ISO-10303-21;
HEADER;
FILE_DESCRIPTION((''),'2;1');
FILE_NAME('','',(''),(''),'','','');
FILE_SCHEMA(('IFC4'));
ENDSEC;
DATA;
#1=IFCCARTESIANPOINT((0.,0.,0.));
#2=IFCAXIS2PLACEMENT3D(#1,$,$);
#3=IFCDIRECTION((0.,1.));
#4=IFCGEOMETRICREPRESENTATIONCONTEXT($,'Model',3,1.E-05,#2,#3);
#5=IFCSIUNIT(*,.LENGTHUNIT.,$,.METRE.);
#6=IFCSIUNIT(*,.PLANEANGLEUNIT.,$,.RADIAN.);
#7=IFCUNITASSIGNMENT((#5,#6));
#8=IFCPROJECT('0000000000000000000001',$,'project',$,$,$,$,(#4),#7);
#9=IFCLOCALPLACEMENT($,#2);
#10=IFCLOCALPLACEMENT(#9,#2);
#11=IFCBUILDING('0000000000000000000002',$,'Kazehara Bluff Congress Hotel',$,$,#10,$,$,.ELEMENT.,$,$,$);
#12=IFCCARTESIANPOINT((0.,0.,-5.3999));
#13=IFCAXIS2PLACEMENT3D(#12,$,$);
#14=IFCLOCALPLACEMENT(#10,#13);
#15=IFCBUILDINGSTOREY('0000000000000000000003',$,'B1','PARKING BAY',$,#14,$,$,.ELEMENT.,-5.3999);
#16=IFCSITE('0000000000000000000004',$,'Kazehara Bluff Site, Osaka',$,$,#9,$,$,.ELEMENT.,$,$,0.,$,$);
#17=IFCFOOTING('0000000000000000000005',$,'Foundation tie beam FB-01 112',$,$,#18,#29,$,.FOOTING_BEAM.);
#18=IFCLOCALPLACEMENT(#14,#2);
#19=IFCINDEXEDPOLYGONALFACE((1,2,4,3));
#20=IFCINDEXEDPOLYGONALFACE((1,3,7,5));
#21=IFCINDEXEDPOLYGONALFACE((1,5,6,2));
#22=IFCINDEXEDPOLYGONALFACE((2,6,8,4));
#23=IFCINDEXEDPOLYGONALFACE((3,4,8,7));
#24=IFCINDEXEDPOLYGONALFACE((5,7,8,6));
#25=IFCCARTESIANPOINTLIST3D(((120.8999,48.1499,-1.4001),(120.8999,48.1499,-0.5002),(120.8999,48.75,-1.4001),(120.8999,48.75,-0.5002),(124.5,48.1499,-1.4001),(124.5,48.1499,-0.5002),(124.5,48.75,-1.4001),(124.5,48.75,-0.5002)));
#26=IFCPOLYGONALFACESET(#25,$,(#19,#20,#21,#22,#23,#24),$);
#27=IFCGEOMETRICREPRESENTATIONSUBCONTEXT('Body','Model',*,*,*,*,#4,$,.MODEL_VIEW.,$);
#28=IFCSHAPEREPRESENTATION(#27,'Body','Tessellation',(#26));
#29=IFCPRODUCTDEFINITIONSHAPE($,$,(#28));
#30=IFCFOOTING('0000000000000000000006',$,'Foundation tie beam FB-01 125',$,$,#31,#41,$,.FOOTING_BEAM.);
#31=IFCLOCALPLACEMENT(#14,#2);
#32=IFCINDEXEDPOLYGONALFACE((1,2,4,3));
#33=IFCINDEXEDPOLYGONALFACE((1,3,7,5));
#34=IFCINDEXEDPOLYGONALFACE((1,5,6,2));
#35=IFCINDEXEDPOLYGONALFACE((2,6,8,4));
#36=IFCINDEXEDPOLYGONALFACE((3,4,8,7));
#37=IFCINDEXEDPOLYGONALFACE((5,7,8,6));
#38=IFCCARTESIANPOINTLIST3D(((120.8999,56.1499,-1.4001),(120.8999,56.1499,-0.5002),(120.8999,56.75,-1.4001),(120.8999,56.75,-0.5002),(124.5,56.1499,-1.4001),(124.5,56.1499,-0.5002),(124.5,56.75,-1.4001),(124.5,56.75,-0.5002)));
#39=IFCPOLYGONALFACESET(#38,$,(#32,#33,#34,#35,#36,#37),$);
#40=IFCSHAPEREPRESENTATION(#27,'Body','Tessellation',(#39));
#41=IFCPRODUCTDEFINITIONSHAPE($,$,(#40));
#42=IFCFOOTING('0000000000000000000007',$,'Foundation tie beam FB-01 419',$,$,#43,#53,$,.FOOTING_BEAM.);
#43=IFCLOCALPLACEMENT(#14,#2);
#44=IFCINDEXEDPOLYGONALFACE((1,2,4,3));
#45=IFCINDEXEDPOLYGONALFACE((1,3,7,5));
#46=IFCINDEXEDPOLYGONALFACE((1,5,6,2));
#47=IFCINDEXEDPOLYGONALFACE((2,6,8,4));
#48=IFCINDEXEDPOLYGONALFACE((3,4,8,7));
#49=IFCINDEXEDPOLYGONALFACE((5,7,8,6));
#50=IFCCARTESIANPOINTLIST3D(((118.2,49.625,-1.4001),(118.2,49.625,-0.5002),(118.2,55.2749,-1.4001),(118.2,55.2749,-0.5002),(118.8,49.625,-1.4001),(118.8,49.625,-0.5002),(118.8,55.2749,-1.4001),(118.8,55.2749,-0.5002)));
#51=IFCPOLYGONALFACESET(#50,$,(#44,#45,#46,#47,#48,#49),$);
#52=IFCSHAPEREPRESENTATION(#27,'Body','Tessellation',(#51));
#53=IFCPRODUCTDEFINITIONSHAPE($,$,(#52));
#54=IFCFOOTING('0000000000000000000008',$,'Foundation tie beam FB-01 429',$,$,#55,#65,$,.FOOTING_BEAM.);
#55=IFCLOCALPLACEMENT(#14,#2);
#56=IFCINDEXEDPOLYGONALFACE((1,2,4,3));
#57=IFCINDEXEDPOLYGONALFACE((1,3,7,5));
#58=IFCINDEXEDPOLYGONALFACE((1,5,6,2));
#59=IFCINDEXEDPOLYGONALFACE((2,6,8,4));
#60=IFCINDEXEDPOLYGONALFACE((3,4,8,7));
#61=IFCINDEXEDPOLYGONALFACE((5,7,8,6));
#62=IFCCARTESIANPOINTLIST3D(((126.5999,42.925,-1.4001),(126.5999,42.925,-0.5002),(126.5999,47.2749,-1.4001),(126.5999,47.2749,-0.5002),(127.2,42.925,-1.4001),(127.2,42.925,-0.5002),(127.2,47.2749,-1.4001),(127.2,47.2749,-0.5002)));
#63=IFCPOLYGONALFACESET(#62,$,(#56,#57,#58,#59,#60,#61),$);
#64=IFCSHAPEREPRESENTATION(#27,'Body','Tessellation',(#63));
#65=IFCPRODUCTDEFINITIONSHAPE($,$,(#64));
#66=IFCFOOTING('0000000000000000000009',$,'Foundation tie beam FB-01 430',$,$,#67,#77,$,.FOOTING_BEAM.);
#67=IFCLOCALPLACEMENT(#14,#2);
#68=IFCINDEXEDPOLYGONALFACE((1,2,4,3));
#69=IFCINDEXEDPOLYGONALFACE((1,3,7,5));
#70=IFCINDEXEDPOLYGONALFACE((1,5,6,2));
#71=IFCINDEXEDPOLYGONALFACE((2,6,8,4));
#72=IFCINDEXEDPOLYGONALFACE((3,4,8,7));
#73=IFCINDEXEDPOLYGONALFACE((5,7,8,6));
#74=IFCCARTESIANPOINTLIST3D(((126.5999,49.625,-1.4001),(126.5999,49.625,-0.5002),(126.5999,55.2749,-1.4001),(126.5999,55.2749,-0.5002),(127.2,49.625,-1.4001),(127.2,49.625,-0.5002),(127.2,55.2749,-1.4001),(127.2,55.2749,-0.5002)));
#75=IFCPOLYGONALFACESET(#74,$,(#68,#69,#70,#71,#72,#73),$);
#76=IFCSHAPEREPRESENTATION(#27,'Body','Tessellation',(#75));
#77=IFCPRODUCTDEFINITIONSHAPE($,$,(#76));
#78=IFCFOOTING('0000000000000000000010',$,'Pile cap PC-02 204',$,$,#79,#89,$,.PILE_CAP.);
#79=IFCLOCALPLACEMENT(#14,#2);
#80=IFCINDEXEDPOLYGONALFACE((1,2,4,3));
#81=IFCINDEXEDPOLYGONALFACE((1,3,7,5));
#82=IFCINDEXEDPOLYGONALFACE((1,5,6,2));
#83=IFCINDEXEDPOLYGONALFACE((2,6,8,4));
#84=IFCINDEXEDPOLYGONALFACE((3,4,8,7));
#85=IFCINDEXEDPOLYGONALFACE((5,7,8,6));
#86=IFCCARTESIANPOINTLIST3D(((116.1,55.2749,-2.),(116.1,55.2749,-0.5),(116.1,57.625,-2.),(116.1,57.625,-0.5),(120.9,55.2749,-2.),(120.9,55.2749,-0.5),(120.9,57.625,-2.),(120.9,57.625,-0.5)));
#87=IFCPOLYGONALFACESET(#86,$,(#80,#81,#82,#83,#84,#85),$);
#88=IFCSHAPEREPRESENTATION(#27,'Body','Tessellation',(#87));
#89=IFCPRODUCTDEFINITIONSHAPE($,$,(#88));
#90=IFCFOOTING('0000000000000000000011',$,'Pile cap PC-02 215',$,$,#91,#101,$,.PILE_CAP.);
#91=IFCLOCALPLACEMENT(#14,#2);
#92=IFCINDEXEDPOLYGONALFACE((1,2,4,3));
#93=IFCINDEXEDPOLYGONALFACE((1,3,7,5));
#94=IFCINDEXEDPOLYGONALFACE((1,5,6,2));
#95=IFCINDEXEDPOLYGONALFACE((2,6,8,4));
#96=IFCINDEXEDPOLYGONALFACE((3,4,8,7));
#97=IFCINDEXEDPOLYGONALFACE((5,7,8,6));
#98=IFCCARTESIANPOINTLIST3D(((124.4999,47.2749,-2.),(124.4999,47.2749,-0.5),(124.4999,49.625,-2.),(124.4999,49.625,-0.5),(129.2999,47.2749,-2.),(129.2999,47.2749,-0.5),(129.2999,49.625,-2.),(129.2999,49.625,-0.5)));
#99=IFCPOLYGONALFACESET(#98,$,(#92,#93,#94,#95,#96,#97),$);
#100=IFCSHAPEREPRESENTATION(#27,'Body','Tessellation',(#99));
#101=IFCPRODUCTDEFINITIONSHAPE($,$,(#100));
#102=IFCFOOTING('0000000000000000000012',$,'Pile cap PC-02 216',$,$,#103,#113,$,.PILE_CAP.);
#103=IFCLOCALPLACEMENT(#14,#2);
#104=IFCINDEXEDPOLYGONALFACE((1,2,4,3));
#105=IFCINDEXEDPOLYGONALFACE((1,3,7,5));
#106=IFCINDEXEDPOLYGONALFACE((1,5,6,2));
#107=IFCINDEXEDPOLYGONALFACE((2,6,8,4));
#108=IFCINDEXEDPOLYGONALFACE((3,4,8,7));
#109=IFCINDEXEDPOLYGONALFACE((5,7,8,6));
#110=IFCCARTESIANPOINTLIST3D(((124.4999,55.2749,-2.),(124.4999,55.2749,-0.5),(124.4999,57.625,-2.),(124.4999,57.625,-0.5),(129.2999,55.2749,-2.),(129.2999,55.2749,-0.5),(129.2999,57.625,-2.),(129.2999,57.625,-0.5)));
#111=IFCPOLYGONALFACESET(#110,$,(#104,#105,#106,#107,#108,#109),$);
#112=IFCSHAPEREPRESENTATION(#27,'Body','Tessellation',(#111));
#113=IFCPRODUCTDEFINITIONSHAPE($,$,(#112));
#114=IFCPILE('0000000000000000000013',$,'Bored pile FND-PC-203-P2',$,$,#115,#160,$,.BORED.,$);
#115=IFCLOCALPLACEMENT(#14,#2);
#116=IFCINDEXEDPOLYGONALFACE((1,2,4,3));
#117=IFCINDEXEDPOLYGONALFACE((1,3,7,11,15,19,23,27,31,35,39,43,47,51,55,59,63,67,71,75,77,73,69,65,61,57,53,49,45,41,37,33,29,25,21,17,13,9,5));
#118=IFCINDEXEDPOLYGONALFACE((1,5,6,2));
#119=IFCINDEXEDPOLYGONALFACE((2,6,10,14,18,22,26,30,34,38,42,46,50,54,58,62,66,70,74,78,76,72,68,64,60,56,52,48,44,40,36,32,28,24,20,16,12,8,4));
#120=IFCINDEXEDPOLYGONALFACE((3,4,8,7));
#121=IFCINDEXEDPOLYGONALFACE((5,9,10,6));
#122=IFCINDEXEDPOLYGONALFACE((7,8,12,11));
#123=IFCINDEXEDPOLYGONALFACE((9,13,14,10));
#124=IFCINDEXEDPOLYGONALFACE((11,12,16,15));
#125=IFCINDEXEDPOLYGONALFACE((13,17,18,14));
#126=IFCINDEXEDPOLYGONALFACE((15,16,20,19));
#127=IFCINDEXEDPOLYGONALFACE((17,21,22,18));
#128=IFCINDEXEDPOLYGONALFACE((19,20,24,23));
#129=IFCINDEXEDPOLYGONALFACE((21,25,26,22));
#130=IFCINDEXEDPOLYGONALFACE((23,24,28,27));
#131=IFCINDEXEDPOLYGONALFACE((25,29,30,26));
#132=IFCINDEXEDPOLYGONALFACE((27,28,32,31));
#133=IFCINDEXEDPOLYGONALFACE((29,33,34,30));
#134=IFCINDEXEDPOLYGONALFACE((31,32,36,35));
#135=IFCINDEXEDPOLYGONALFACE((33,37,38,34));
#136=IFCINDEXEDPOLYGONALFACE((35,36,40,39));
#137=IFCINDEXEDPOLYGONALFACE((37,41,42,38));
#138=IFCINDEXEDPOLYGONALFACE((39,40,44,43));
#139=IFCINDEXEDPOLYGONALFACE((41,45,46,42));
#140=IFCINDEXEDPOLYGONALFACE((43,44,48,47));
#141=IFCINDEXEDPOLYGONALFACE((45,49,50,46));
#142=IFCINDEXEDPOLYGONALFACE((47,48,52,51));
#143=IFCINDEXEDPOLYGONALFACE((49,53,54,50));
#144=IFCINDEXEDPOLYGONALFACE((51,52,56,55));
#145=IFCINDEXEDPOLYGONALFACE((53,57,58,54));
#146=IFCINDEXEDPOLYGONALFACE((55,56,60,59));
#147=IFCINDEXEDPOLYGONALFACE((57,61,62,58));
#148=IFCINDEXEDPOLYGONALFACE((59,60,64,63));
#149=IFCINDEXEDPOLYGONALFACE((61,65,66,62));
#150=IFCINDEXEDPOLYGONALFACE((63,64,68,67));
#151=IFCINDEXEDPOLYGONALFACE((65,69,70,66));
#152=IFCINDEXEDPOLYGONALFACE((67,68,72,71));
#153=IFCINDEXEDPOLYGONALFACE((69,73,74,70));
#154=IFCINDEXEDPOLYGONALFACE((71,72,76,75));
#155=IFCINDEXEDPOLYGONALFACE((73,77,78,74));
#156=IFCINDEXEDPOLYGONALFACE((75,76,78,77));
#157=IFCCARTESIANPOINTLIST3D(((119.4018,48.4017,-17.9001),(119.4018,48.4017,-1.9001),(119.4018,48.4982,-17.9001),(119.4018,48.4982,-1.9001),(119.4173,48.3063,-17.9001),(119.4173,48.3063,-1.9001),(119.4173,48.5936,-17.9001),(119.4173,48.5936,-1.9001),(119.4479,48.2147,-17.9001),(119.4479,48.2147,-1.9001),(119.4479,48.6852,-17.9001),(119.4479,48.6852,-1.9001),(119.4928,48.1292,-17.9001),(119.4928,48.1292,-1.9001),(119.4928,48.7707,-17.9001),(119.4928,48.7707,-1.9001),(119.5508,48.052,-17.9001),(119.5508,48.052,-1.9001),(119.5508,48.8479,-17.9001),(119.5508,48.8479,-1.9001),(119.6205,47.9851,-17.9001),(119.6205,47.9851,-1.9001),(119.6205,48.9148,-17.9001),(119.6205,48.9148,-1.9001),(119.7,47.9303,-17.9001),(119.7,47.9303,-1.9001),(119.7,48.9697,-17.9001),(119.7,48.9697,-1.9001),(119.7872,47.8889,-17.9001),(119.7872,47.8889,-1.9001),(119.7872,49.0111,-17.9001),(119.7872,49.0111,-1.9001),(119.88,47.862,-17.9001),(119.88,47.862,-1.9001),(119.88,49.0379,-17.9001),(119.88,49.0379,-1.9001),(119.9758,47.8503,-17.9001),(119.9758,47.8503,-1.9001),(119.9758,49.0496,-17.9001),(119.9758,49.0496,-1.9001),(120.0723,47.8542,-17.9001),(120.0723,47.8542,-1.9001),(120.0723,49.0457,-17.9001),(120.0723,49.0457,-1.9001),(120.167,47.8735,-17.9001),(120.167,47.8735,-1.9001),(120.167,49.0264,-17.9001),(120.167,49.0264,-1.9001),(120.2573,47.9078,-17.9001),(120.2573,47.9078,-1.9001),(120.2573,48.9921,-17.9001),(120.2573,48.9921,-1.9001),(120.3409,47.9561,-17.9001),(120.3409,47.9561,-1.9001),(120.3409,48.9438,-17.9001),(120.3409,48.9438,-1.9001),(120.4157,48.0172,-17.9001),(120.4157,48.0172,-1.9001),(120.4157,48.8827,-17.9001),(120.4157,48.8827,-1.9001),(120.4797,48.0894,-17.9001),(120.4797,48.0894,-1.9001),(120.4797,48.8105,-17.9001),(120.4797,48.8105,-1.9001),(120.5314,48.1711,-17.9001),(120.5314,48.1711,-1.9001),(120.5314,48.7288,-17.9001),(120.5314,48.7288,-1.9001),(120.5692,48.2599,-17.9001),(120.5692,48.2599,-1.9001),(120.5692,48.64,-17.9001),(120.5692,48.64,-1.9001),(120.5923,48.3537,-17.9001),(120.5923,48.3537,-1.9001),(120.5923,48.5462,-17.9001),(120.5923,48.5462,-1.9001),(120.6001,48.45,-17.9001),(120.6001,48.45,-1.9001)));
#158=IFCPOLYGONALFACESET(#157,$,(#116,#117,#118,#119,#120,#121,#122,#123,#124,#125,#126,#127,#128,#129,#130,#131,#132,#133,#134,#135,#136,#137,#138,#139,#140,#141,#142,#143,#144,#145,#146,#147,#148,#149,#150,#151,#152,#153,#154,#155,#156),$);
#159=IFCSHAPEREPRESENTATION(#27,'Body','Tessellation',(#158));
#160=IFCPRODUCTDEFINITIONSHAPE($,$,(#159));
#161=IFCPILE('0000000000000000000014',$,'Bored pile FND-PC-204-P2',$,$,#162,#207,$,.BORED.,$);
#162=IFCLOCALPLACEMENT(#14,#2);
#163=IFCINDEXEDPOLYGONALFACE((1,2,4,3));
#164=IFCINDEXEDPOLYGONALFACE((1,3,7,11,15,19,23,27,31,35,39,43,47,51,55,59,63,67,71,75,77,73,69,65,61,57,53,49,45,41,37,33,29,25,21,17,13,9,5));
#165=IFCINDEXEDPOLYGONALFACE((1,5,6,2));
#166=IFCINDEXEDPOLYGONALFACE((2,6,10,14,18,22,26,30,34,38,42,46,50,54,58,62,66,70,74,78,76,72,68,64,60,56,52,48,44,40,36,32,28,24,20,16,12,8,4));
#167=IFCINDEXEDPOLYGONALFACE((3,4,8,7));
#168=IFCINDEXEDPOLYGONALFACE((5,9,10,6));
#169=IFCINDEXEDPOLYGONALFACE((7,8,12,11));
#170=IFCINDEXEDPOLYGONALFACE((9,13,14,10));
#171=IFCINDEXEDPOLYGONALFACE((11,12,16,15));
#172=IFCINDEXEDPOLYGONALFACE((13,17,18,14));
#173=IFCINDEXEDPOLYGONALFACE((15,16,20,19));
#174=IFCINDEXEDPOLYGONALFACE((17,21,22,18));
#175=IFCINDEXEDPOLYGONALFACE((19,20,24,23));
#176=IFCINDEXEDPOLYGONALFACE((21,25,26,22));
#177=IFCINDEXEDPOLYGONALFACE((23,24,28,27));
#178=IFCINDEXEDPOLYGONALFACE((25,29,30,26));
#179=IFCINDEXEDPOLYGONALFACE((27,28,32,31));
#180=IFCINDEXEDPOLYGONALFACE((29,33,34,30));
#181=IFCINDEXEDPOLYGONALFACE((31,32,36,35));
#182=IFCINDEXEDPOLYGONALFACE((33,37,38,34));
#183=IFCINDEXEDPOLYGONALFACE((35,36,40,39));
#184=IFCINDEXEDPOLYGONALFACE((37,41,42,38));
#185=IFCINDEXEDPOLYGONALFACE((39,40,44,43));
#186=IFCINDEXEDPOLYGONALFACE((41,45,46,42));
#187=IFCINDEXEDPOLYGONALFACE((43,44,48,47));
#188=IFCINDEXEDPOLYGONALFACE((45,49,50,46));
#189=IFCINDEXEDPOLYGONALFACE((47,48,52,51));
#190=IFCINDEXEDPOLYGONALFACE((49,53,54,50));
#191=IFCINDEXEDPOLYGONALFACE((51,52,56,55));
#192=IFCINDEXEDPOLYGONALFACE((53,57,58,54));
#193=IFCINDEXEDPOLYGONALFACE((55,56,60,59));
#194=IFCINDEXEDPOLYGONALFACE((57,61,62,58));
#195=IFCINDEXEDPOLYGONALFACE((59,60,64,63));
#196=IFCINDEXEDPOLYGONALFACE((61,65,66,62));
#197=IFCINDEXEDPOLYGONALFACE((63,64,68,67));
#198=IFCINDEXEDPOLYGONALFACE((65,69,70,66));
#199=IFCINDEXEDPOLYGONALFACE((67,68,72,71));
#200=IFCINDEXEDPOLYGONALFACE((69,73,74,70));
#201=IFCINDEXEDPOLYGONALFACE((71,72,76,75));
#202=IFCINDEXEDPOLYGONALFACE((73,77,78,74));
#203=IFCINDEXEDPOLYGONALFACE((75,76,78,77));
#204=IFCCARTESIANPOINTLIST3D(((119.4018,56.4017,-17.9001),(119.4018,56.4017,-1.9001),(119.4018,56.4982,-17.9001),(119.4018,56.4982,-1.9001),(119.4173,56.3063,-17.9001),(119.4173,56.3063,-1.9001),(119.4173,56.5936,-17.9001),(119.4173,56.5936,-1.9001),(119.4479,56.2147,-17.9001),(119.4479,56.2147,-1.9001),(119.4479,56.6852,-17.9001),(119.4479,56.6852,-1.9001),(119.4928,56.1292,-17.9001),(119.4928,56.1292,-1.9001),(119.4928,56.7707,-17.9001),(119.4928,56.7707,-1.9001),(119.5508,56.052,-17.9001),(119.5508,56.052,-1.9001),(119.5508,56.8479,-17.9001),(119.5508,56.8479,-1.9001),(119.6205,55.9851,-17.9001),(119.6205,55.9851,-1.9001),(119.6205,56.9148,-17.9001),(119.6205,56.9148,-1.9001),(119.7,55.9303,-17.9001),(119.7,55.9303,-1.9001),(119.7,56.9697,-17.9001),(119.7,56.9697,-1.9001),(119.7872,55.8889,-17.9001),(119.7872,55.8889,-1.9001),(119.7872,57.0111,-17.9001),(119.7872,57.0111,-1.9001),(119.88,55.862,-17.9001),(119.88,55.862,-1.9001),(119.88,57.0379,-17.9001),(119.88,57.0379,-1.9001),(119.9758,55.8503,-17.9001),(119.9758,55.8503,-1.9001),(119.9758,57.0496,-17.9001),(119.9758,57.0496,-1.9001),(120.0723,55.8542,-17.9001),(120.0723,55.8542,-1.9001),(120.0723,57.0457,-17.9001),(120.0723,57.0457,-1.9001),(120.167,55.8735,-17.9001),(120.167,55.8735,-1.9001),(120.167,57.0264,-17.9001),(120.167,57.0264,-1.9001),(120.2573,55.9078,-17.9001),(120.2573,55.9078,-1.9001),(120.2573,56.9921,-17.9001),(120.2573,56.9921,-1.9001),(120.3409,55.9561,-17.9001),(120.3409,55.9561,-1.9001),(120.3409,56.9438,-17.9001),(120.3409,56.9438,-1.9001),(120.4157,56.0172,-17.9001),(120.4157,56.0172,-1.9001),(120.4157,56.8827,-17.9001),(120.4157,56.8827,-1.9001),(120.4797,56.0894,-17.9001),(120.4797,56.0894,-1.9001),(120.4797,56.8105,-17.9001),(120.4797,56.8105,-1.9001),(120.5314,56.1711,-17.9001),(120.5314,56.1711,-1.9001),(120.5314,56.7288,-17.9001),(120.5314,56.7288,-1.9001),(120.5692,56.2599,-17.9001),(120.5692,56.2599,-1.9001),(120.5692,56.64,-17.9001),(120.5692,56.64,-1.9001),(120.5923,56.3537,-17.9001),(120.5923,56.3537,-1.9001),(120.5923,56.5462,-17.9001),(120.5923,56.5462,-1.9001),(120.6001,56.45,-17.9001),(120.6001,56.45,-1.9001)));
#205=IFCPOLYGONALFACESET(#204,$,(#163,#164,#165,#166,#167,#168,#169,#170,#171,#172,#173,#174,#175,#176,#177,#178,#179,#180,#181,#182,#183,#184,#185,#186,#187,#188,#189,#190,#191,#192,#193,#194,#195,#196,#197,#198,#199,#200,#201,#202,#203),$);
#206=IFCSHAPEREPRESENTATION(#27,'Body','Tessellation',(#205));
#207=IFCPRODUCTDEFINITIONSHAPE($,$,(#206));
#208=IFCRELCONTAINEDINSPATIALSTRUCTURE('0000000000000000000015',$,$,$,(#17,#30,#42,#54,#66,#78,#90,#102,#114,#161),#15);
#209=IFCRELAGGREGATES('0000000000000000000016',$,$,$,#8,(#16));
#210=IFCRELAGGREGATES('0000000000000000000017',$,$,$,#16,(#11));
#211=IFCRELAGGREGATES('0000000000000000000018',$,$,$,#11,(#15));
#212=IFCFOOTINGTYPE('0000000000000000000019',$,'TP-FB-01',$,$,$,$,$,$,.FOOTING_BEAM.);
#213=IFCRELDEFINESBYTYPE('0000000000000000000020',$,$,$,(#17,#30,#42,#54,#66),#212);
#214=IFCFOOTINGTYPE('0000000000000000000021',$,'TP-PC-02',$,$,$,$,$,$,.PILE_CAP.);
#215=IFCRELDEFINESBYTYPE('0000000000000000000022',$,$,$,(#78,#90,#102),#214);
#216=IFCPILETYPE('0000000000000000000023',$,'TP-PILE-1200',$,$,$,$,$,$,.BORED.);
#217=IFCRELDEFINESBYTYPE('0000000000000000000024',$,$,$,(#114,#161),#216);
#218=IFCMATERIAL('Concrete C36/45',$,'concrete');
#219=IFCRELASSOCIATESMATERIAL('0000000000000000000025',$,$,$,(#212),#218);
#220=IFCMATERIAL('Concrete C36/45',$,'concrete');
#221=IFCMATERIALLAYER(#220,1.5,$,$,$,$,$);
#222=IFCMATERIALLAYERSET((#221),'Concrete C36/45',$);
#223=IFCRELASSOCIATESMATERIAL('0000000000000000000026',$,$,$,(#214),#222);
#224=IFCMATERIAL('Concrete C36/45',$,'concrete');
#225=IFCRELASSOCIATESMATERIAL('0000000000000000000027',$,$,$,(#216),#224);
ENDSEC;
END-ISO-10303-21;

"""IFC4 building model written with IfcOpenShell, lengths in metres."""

from ifc_helpers import new_model, si_unit, direction, frame, origin, origin_2d, place, context, subcontext, project, spatial, rectangle, circle, extrude, material, layer, layer_set, material_profile, profile_set, type_object, element, save


model = new_model("IFC4")

# Units and contexts
model_context = context("Model", 3, precision=1e-05, world=origin(), true_north=direction((0.0, 1.0)))
body_context = subcontext(model_context, "Body", "Model", "MODEL_VIEW")
ifc_project = project(units=[si_unit("LENGTHUNIT", "METRE"), si_unit("PLANEANGLEUNIT", "RADIAN")], contexts=[model_context])

# Site, building, storey
site_placement = place(None, origin())
site = spatial("IfcSite", under=ifc_project, at=site_placement, Name="Kazehara Bluff Site, Osaka", CompositionType="ELEMENT", RefElevation=0.0)
building_placement = place(site_placement, origin())
building = spatial("IfcBuilding", under=site, at=building_placement, Name="Kazehara Bluff Congress Hotel", CompositionType="ELEMENT")
storey_placement = place(building_placement, frame((0.0, 0.0, -5.3999)))
storey = spatial("IfcBuildingStorey", under=building, at=storey_placement, Name="B1", Description="PARKING BAY", CompositionType="ELEMENT", Elevation=-5.3999)

# Footings
ifc_material_1 = material(Name="Concrete C36/45", Category="concrete")
ifc_material_profile_1 = material_profile(ifc_material_1, rectangle(XDim=0.6001, YDim=0.8999, at=origin_2d()))
ifc_profile_set_1 = profile_set([ifc_material_profile_1], Name="Concrete C36/45")
footing_type_1 = type_object("IfcFootingType", Name="TP-FB-01", PredefinedType="FOOTING_BEAM", material=ifc_profile_set_1)
for number, where, z_axis, x_axis, name in (
    (1, (120.8999, 48.45, -0.9502), (1.0, 0.0, 0.0), (0.0, 1.0, 0.0), "Foundation tie beam FB-01 112"),
    (2, (120.8999, 56.45, -0.9502), (1.0, 0.0, 0.0), (0.0, 1.0, 0.0), "Foundation tie beam FB-01 125"),
):
    element("IfcFooting", number, at=place(storey_placement, frame(where, z_axis=z_axis, x_axis=x_axis)), inside=storey, type_object=footing_type_1, Name=name, PredefinedType="FOOTING_BEAM", context=body_context, shape_type="SweptSolid", body=[
        extrude(rectangle(XDim=0.6001, YDim=0.8999, at=origin_2d()), origin(), (0.0, 0.0, 1.0), 3.6001),
    ])
footing_1_placement = place(storey_placement, frame((118.5, 49.625, -0.9502), z_axis=(0.0, 1.0, 0.0), x_axis=(-1.0, 0.0, 0.0)))
element("IfcFooting", 3, at=footing_1_placement, inside=storey, type_object=footing_type_1, Name="Foundation tie beam FB-01 419", PredefinedType="FOOTING_BEAM", context=body_context, shape_type="SweptSolid", body=[
    extrude(rectangle(XDim=0.6001, YDim=0.8999, at=origin_2d()), origin(), (0.0, 0.0, 1.0), 5.6499),
])
footing_2_placement = place(storey_placement, frame((126.8999, 42.925, -0.9502), z_axis=(0.0, 1.0, 0.0), x_axis=(-1.0, 0.0, 0.0)))
element("IfcFooting", 4, at=footing_2_placement, inside=storey, type_object=footing_type_1, Name="Foundation tie beam FB-01 429", PredefinedType="FOOTING_BEAM", context=body_context, shape_type="SweptSolid", body=[
    extrude(rectangle(XDim=0.6001, YDim=0.8999, at=origin_2d()), origin(), (0.0, 0.0, 1.0), 4.3499),
])
footing_3_placement = place(storey_placement, frame((126.8999, 49.625, -0.9502), z_axis=(0.0, 1.0, 0.0), x_axis=(-1.0, 0.0, 0.0)))
element("IfcFooting", 5, at=footing_3_placement, inside=storey, type_object=footing_type_1, Name="Foundation tie beam FB-01 430", PredefinedType="FOOTING_BEAM", context=body_context, shape_type="SweptSolid", body=[
    extrude(rectangle(XDim=0.6001, YDim=0.8999, at=origin_2d()), origin(), (0.0, 0.0, 1.0), 5.6499),
])
ifc_material_2 = material(Name="Concrete C36/45", Category="concrete")
ifc_layer = layer(ifc_material_2, 1.5)
ifc_layer_set = layer_set([ifc_layer], Name="Concrete C36/45")
footing_type_2 = type_object("IfcFootingType", Name="TP-PC-02", PredefinedType="PILE_CAP", material=ifc_layer_set)
for number, where, z_axis, x_axis, name in (
    (6, (118.5, 56.45, -2.0), (0.0, 0.0, 1.0), (1.0, 0.0, 0.0), "Pile cap PC-02 204"),
    (7, (126.8999, 48.45, -2.0), (0.0, 0.0, 1.0), (1.0, 0.0, 0.0), "Pile cap PC-02 215"),
    (8, (126.8999, 56.45, -2.0), (0.0, 0.0, 1.0), (1.0, 0.0, 0.0), "Pile cap PC-02 216"),
):
    element("IfcFooting", number, at=place(storey_placement, frame(where, z_axis=z_axis, x_axis=x_axis)), inside=storey, type_object=footing_type_2, Name=name, PredefinedType="PILE_CAP", context=body_context, shape_type="SweptSolid", body=[
        extrude(rectangle(XDim=4.8, YDim=2.3501, at=origin_2d()), origin(), (0.0, 0.0, 1.0), 1.5),
    ])

# Piles
ifc_material_3 = material(Name="Concrete C36/45", Category="concrete")
ifc_material_profile_2 = material_profile(ifc_material_3, circle(Radius=0.6001, at=origin_2d()))
ifc_profile_set_2 = profile_set([ifc_material_profile_2], Name="Concrete C36/45")
pile_type = type_object("IfcPileType", Name="TP-PILE-1200", PredefinedType="BORED", material=ifc_profile_set_2)
for number, where, z_axis, x_axis, name in (
    (9, (120.0, 48.45, -1.9001), (0.0, 0.0, -1.0), (1.0, 0.0, 0.0), "Bored pile FND-PC-203-P2"),
    (10, (120.0, 56.45, -1.9001), (0.0, 0.0, -1.0), (1.0, 0.0, 0.0), "Bored pile FND-PC-204-P2"),
):
    element("IfcPile", number, at=place(storey_placement, frame(where, z_axis=z_axis, x_axis=x_axis)), inside=storey, type_object=pile_type, Name=name, PredefinedType="BORED", context=body_context, shape_type="SweptSolid", body=[
        extrude(circle(Radius=0.6001, at=origin_2d()), origin(), (0.0, 0.0, 1.0), 16.0),
    ])

save(model, "model.ifc")
